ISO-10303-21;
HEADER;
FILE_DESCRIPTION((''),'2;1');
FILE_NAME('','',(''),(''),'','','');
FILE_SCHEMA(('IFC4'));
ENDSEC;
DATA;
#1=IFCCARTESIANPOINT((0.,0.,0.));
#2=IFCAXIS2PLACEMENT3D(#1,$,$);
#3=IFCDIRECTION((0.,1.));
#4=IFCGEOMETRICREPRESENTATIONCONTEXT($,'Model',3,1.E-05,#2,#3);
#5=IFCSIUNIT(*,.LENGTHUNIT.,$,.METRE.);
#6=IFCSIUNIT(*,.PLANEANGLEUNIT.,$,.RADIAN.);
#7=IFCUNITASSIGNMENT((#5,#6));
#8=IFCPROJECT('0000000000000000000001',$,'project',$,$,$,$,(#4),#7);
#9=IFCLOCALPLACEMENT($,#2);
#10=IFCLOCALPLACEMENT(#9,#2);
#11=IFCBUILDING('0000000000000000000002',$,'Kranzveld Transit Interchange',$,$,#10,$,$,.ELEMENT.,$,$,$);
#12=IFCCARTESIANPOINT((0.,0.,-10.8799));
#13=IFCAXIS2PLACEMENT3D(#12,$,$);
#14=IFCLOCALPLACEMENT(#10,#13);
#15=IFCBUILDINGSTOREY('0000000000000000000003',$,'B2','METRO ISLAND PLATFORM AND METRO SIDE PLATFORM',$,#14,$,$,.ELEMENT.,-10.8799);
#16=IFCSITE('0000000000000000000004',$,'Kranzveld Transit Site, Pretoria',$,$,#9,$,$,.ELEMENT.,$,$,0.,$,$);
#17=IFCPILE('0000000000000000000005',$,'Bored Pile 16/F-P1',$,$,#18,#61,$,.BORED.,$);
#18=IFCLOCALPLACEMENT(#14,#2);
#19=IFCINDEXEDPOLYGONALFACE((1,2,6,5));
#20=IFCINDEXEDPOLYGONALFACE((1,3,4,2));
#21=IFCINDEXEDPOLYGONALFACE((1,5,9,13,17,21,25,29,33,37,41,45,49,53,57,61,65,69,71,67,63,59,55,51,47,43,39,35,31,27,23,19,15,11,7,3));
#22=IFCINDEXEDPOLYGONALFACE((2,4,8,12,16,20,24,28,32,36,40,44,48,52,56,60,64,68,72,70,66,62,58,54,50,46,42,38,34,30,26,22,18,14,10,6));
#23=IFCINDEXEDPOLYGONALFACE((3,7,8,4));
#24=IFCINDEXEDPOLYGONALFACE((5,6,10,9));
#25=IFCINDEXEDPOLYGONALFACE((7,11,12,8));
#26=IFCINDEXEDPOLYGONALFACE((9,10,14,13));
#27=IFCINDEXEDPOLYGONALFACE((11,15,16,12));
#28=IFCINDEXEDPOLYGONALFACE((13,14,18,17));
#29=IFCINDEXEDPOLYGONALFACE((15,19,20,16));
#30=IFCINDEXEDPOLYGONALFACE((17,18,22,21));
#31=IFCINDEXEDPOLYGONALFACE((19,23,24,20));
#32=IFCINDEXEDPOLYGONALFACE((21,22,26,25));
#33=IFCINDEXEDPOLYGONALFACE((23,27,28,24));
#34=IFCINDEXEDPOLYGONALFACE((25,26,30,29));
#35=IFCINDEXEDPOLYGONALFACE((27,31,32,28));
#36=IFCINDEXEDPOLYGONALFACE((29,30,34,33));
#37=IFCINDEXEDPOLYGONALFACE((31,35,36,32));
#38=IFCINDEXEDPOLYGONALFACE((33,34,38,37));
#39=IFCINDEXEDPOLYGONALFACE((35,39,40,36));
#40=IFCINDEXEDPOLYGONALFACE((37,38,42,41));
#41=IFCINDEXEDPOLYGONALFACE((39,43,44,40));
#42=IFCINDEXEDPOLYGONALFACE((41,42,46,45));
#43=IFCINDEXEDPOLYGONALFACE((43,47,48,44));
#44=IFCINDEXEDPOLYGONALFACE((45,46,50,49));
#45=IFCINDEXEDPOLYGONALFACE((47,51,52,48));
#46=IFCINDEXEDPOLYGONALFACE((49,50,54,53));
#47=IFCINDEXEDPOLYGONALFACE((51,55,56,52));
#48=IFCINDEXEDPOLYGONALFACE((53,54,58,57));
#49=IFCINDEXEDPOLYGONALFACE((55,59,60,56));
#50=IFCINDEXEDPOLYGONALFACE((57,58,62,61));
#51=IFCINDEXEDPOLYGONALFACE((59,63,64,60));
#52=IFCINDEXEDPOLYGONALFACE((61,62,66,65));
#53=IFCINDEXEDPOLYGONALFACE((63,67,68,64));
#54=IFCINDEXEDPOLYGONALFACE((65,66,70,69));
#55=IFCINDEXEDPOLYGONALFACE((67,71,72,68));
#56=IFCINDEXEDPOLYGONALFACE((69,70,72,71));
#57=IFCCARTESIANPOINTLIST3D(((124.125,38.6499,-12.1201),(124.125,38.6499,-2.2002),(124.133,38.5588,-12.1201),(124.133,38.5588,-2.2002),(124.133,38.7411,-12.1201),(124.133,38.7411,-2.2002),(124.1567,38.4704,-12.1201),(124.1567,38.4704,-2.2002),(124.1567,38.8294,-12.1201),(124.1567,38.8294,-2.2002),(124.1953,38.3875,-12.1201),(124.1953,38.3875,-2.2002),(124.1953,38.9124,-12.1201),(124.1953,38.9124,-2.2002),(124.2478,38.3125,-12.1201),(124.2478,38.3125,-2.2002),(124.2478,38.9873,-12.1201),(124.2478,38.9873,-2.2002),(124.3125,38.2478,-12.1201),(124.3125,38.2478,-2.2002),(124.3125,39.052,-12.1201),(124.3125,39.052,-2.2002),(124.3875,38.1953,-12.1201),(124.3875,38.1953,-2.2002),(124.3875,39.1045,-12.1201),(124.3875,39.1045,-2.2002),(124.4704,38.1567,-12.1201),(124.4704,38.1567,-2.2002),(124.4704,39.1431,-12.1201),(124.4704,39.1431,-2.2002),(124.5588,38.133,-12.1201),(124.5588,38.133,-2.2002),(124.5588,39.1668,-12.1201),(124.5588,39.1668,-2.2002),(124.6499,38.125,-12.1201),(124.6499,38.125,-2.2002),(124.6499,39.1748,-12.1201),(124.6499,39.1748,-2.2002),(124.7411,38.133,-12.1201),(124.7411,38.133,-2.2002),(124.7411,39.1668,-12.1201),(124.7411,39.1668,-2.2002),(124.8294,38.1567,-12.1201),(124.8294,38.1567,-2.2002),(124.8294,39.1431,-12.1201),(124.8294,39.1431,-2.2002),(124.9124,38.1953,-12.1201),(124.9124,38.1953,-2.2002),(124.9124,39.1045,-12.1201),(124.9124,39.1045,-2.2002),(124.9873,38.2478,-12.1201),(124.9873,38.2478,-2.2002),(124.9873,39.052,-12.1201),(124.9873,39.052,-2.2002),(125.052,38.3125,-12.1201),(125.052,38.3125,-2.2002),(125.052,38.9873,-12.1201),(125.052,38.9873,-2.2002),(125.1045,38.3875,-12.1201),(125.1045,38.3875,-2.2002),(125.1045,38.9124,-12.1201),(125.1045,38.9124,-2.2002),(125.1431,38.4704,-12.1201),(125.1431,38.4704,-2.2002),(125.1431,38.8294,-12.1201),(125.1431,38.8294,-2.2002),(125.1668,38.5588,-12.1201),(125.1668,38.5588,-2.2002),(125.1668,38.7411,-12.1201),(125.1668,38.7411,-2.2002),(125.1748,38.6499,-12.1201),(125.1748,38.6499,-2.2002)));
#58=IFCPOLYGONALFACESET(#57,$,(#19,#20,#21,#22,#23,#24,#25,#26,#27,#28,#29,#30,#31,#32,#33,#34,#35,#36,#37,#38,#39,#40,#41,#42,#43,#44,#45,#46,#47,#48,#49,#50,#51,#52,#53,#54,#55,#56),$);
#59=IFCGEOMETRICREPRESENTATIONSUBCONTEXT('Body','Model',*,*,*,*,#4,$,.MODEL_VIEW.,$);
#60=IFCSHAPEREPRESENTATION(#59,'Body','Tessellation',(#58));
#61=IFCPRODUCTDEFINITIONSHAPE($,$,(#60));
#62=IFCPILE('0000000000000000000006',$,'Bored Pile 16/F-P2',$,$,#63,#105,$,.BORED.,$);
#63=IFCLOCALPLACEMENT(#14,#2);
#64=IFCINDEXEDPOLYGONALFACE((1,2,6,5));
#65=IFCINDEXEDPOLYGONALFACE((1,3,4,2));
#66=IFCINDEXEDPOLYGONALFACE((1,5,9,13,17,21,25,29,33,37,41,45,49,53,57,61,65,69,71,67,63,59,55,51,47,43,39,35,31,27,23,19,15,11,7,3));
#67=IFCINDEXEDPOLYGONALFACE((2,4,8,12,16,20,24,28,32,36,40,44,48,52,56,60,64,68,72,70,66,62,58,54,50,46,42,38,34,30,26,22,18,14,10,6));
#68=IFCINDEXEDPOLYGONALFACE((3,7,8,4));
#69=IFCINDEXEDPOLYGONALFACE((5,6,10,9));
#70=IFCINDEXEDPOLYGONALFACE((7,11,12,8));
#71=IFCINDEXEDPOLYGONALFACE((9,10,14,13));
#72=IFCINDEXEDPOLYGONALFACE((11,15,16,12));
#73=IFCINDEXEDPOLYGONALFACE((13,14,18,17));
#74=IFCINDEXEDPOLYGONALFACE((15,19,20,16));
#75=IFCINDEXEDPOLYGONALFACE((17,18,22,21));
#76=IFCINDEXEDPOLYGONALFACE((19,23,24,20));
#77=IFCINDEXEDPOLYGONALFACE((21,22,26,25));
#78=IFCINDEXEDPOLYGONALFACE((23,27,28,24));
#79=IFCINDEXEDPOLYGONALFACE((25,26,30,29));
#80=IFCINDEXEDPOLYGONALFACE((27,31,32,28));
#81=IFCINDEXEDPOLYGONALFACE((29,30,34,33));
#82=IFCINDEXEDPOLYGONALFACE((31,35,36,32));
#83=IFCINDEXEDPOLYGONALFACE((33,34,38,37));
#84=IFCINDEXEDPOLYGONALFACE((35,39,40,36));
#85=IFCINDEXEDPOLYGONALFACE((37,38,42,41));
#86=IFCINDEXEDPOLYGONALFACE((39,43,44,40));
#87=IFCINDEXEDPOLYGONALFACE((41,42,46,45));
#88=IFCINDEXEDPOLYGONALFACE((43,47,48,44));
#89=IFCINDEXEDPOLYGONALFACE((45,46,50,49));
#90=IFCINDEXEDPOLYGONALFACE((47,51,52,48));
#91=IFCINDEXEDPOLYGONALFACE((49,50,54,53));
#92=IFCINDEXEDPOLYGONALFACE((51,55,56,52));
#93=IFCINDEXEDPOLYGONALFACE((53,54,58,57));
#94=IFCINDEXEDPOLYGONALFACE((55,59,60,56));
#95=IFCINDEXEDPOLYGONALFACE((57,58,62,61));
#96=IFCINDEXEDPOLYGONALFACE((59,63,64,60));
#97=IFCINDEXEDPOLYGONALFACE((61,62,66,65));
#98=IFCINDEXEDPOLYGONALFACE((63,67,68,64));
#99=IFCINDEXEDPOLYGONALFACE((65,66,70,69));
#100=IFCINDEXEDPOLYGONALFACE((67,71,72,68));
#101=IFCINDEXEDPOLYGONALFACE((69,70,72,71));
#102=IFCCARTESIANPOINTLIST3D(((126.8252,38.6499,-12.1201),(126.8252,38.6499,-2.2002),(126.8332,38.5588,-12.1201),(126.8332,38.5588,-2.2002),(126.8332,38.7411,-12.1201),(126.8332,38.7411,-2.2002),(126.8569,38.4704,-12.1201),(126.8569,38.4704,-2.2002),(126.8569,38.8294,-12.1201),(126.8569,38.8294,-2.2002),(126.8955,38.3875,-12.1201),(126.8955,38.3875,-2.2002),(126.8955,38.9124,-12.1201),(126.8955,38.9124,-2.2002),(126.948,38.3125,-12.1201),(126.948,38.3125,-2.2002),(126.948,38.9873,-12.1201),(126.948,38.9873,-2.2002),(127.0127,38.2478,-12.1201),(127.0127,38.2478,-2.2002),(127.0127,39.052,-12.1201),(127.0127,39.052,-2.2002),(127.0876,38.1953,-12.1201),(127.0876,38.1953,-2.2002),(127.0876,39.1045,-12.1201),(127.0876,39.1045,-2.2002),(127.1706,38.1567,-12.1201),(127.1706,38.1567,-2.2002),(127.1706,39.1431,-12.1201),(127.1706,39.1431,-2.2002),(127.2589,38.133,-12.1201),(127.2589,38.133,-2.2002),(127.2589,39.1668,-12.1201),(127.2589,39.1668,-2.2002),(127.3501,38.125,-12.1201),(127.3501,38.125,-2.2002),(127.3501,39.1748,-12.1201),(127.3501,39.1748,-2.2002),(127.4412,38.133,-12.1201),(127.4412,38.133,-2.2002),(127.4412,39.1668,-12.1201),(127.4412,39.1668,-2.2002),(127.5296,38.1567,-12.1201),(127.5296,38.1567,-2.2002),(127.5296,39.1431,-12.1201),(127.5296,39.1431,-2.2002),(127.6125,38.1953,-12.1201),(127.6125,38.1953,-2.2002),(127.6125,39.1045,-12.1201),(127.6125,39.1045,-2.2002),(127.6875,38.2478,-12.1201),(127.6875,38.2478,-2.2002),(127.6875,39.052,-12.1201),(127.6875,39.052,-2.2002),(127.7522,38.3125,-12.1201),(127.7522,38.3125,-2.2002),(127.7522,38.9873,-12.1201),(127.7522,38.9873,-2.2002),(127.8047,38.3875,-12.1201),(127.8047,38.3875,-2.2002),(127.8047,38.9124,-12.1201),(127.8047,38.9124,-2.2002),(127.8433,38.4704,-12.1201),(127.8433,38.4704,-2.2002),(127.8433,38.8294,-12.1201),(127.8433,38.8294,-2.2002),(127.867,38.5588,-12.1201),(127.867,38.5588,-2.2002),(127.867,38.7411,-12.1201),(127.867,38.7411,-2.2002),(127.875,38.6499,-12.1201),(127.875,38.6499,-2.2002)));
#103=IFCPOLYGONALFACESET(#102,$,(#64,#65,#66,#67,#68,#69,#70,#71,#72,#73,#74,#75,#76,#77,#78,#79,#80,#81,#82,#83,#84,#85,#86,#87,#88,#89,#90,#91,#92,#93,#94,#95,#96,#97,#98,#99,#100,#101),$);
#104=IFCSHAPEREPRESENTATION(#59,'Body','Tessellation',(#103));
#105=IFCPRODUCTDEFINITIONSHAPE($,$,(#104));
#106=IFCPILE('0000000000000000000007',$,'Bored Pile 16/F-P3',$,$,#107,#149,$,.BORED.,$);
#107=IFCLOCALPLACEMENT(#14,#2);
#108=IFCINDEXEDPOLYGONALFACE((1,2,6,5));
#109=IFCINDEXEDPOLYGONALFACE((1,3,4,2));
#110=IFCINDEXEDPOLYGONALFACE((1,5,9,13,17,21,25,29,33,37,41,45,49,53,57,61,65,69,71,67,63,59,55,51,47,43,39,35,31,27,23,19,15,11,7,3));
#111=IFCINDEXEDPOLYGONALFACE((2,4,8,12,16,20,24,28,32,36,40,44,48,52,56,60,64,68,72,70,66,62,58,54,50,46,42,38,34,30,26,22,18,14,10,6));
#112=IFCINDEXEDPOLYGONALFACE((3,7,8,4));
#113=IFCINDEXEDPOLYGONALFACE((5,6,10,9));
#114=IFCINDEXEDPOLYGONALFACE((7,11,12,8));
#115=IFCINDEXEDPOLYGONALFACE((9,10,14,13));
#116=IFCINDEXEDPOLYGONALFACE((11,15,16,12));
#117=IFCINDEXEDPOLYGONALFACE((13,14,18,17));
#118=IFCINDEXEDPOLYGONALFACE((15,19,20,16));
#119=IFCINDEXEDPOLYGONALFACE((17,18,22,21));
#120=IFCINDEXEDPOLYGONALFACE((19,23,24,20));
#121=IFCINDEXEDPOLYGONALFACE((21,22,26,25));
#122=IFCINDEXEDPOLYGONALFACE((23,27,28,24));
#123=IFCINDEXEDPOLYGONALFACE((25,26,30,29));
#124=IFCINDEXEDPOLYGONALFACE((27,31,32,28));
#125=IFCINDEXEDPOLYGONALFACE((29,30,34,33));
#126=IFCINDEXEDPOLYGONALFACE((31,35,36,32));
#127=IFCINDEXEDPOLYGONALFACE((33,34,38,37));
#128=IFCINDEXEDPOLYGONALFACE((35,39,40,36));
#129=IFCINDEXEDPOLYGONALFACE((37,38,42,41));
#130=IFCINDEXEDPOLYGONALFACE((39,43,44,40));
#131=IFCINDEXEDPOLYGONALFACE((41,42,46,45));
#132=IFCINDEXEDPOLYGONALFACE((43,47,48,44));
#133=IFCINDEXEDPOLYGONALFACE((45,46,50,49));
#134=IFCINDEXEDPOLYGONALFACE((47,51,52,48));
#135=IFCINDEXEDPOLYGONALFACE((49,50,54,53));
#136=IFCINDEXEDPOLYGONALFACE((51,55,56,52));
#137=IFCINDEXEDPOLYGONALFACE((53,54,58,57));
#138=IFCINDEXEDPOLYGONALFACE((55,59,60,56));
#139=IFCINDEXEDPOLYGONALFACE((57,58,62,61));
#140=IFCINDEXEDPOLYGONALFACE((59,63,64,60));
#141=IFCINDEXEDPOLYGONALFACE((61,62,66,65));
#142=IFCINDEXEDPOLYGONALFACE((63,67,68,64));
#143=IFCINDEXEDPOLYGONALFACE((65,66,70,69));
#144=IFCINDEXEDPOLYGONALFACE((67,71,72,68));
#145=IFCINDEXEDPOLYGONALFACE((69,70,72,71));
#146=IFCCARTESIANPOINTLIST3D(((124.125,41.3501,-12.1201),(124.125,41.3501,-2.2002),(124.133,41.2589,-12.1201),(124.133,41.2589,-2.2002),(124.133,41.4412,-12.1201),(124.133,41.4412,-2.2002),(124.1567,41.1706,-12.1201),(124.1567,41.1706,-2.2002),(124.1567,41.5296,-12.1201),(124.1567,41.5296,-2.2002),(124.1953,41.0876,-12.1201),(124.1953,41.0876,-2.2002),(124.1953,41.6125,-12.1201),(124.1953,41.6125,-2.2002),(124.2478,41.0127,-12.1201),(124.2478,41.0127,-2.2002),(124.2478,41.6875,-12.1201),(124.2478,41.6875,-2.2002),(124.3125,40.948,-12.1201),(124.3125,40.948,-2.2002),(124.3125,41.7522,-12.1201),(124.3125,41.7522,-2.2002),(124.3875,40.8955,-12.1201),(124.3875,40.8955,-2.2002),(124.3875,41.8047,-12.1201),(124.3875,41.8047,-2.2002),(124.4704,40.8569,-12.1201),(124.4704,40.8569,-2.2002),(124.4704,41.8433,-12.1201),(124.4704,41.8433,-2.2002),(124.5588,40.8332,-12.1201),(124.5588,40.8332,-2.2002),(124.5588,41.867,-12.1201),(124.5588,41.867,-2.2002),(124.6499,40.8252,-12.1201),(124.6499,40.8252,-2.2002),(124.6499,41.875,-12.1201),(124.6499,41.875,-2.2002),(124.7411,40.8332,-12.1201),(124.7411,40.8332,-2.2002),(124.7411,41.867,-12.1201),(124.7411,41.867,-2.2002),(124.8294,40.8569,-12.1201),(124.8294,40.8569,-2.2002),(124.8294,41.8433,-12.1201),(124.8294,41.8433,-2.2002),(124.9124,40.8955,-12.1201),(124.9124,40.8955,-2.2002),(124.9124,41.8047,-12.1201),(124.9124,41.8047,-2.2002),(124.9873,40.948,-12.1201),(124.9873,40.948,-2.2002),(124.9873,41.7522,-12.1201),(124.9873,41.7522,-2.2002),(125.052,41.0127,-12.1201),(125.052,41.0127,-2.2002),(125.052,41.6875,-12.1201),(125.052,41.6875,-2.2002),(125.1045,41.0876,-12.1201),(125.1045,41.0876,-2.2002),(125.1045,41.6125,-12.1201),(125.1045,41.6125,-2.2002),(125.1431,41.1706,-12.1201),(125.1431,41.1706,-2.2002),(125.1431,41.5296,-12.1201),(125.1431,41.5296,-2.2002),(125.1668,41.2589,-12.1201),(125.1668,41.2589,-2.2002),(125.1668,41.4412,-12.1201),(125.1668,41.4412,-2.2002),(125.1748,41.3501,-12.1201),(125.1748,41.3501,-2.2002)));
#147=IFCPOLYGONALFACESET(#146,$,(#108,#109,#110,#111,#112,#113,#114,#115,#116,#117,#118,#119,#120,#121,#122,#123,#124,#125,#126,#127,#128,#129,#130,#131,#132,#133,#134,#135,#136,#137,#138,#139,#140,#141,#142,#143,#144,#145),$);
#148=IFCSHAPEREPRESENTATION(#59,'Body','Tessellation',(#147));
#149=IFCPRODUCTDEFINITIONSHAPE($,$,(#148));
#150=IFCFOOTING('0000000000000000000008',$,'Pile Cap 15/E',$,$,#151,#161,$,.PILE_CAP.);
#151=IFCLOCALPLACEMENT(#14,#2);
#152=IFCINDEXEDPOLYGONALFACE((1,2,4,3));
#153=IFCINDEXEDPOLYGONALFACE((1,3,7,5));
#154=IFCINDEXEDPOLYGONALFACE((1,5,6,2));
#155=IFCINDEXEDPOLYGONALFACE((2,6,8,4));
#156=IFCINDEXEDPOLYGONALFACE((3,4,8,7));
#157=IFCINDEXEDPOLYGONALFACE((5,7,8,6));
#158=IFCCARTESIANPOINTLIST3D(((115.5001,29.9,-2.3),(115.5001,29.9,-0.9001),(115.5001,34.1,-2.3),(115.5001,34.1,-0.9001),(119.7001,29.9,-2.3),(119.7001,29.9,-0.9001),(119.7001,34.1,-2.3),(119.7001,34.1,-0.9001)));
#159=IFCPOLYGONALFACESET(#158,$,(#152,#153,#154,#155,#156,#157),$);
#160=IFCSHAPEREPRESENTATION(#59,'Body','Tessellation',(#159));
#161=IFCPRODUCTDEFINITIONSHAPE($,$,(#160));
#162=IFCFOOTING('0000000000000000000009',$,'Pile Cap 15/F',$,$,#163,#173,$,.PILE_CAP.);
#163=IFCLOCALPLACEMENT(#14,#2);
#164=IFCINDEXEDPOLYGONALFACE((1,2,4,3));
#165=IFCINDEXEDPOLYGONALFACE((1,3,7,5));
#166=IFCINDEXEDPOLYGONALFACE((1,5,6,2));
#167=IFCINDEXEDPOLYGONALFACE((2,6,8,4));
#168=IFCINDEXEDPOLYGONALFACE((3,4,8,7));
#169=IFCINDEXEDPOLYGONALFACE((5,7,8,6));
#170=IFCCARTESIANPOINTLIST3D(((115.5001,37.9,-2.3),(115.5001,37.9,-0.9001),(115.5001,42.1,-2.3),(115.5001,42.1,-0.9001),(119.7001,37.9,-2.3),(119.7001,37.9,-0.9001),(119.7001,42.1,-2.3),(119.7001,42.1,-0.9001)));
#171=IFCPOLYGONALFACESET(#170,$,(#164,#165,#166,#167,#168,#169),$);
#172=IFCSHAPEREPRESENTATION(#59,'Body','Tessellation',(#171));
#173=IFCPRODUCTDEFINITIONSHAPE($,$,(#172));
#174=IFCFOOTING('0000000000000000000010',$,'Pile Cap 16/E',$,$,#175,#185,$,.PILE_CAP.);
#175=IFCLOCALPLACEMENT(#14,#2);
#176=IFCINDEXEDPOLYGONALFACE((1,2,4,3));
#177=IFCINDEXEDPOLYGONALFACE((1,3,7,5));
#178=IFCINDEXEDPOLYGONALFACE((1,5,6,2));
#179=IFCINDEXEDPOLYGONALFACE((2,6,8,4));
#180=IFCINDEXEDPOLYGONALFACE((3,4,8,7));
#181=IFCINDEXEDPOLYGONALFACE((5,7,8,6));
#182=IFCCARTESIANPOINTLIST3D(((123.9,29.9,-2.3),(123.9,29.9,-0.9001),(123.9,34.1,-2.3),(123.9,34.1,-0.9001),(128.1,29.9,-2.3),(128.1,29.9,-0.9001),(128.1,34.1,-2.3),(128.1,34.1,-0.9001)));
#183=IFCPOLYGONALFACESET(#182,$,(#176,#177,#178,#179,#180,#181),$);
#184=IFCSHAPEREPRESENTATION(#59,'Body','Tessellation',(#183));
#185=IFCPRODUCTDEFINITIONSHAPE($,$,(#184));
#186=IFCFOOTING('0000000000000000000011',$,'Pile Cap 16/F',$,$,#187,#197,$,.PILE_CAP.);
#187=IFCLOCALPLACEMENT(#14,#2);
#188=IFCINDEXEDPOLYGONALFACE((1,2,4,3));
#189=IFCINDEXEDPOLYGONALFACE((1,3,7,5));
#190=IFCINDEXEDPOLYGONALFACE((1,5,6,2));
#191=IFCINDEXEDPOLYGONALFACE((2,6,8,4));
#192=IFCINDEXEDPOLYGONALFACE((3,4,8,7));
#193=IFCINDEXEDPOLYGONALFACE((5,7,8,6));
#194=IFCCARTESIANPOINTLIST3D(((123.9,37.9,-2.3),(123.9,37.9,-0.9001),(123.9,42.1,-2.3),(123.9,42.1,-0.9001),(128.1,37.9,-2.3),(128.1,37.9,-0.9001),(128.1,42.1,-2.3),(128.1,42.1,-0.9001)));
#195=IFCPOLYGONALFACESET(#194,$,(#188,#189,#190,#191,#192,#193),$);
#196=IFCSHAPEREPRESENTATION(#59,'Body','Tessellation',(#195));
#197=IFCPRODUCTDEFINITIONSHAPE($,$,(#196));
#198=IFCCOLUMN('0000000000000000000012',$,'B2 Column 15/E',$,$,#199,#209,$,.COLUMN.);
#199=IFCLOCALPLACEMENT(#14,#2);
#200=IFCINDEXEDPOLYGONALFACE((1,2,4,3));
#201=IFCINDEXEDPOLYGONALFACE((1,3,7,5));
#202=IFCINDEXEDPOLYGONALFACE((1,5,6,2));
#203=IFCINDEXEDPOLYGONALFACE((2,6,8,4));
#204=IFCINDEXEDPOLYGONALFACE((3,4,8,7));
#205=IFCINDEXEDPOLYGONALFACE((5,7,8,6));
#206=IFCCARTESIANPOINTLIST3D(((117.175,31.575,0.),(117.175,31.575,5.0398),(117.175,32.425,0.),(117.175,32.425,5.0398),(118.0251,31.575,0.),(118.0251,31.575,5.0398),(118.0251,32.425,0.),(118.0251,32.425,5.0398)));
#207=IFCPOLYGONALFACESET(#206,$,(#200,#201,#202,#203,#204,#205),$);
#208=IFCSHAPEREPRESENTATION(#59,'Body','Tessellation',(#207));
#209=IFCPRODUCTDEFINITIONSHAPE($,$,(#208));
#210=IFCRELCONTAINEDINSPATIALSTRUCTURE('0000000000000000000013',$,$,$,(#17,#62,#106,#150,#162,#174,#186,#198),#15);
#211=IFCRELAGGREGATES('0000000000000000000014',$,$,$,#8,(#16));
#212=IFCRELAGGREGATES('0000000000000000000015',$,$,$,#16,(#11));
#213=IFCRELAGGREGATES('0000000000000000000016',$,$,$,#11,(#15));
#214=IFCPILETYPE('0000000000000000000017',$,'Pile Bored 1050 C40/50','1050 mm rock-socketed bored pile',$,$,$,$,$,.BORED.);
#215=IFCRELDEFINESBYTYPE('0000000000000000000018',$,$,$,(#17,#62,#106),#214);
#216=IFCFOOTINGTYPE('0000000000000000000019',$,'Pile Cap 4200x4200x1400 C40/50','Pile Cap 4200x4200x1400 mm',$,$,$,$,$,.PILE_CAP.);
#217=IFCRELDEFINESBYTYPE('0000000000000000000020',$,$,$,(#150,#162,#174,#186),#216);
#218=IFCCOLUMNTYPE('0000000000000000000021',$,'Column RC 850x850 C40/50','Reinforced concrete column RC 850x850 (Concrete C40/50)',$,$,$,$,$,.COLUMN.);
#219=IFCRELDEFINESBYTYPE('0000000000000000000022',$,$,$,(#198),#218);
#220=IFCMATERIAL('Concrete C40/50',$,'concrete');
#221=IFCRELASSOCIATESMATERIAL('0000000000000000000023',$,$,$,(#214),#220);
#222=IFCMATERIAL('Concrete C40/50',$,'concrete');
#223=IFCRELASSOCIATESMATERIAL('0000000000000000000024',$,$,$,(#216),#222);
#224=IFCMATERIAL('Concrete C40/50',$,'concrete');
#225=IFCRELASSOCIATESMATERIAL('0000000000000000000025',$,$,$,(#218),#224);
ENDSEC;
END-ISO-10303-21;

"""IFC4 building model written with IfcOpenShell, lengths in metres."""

from ifc_helpers import new_model, si_unit, direction, frame, origin, origin_2d, place, context, subcontext, project, spatial, rectangle, circle, extrude, material, material_profile, profile_set, type_object, element, save


model = new_model("IFC4")

# Units and contexts
model_context = context("Model", 3, precision=1e-05, world=origin(), true_north=direction((0.0, 1.0)))
body_context = subcontext(model_context, "Body", "Model", "MODEL_VIEW")
ifc_project = project(units=[si_unit("LENGTHUNIT", "METRE"), si_unit("PLANEANGLEUNIT", "RADIAN")], contexts=[model_context])

# Site, building, storey
site_placement = place(None, origin())
site = spatial("IfcSite", under=ifc_project, at=site_placement, Name="Kranzveld Transit Site, Pretoria", CompositionType="ELEMENT", RefElevation=0.0)
building_placement = place(site_placement, origin())
building = spatial("IfcBuilding", under=site, at=building_placement, Name="Kranzveld Transit Interchange", CompositionType="ELEMENT")
storey_placement = place(building_placement, frame((0.0, 0.0, -10.8799)))
storey = spatial("IfcBuildingStorey", under=building, at=storey_placement, Name="B2", Description="METRO ISLAND PLATFORM AND METRO SIDE PLATFORM", CompositionType="ELEMENT", Elevation=-10.8799)

# Piles
ifc_material_1 = material(Name="Concrete C40/50", Category="concrete")
ifc_material_profile_1 = material_profile(ifc_material_1, circle(Radius=0.5249, at=origin_2d()), Name="BORED PILE 1050")
ifc_profile_set_1 = profile_set([ifc_material_profile_1], Name="Concrete C40/50")
pile_type = type_object("IfcPileType", Name="Pile Bored 1050 C40/50", Description="1050 mm rock-socketed bored pile", PredefinedType="BORED", material=ifc_profile_set_1)
for number, where, z_axis, x_axis, name in (
    (1, (124.6499, 38.6499, -2.2002), (0.0, 0.0, -1.0), (1.0, 0.0, 0.0), "Bored Pile 16/F-P1"),
    (2, (127.3501, 38.6499, -2.2002), (0.0, 0.0, -1.0), (1.0, 0.0, 0.0), "Bored Pile 16/F-P2"),
    (3, (124.6499, 41.3501, -2.2002), (0.0, 0.0, -1.0), (1.0, 0.0, 0.0), "Bored Pile 16/F-P3"),
):
    element("IfcPile", number, at=place(storey_placement, frame(where, z_axis=z_axis, x_axis=x_axis)), inside=storey, type_object=pile_type, Name=name, PredefinedType="BORED", context=body_context, shape_type="SweptSolid", body=[
        extrude(circle(Radius=0.5249, at=origin_2d()), origin(), (0.0, 0.0, 1.0), 9.9199),
    ])

# Footings
ifc_material_2 = material(Name="Concrete C40/50", Category="concrete")
footing_type = type_object("IfcFootingType", Name="Pile Cap 4200x4200x1400 C40/50", Description="Pile Cap 4200x4200x1400 mm", PredefinedType="PILE_CAP", material=ifc_material_2)
for number, where, z_axis, x_axis, name in (
    (4, (117.6001, 32.0, -2.3), (0.0, 0.0, 1.0), (1.0, 0.0, 0.0), "Pile Cap 15/E"),
    (5, (117.6001, 40.0, -2.3), (0.0, 0.0, 1.0), (1.0, 0.0, 0.0), "Pile Cap 15/F"),
    (6, (126.0, 32.0, -2.3), (0.0, 0.0, 1.0), (1.0, 0.0, 0.0), "Pile Cap 16/E"),
    (7, (126.0, 40.0, -2.3), (0.0, 0.0, 1.0), (1.0, 0.0, 0.0), "Pile Cap 16/F"),
):
    element("IfcFooting", number, at=place(storey_placement, frame(where, z_axis=z_axis, x_axis=x_axis)), inside=storey, type_object=footing_type, Name=name, PredefinedType="PILE_CAP", context=body_context, shape_type="SweptSolid", body=[
        extrude(rectangle(XDim=4.2, YDim=4.2, at=origin_2d()), origin(), (0.0, 0.0, 1.0), 1.3999),
    ])

# Column
ifc_material_3 = material(Name="Concrete C40/50", Category="concrete")
ifc_material_profile_2 = material_profile(ifc_material_3, rectangle(XDim=0.8501, YDim=0.8501, at=origin_2d()), Name="RC 850x850")
ifc_profile_set_2 = profile_set([ifc_material_profile_2], Name="Concrete C40/50")
column_type = type_object("IfcColumnType", Name="Column RC 850x850 C40/50", Description="Reinforced concrete column RC 850x850 (Concrete C40/50)", PredefinedType="COLUMN", material=ifc_profile_set_2)
for number, where, z_axis, x_axis, name in (
    (8, (117.6001, 32.0, 0.0), (0.0, 0.0, 1.0), (1.0, 0.0, 0.0), "B2 Column 15/E"),
):
    element("IfcColumn", number, at=place(storey_placement, frame(where, z_axis=z_axis, x_axis=x_axis)), inside=storey, type_object=column_type, Name=name, PredefinedType="COLUMN", context=body_context, shape_type="SweptSolid", body=[
        extrude(rectangle(XDim=0.8501, YDim=0.8501, at=origin_2d()), origin(), (0.0, 0.0, 1.0), 5.0398),
    ])

save(model, "model.ifc")
